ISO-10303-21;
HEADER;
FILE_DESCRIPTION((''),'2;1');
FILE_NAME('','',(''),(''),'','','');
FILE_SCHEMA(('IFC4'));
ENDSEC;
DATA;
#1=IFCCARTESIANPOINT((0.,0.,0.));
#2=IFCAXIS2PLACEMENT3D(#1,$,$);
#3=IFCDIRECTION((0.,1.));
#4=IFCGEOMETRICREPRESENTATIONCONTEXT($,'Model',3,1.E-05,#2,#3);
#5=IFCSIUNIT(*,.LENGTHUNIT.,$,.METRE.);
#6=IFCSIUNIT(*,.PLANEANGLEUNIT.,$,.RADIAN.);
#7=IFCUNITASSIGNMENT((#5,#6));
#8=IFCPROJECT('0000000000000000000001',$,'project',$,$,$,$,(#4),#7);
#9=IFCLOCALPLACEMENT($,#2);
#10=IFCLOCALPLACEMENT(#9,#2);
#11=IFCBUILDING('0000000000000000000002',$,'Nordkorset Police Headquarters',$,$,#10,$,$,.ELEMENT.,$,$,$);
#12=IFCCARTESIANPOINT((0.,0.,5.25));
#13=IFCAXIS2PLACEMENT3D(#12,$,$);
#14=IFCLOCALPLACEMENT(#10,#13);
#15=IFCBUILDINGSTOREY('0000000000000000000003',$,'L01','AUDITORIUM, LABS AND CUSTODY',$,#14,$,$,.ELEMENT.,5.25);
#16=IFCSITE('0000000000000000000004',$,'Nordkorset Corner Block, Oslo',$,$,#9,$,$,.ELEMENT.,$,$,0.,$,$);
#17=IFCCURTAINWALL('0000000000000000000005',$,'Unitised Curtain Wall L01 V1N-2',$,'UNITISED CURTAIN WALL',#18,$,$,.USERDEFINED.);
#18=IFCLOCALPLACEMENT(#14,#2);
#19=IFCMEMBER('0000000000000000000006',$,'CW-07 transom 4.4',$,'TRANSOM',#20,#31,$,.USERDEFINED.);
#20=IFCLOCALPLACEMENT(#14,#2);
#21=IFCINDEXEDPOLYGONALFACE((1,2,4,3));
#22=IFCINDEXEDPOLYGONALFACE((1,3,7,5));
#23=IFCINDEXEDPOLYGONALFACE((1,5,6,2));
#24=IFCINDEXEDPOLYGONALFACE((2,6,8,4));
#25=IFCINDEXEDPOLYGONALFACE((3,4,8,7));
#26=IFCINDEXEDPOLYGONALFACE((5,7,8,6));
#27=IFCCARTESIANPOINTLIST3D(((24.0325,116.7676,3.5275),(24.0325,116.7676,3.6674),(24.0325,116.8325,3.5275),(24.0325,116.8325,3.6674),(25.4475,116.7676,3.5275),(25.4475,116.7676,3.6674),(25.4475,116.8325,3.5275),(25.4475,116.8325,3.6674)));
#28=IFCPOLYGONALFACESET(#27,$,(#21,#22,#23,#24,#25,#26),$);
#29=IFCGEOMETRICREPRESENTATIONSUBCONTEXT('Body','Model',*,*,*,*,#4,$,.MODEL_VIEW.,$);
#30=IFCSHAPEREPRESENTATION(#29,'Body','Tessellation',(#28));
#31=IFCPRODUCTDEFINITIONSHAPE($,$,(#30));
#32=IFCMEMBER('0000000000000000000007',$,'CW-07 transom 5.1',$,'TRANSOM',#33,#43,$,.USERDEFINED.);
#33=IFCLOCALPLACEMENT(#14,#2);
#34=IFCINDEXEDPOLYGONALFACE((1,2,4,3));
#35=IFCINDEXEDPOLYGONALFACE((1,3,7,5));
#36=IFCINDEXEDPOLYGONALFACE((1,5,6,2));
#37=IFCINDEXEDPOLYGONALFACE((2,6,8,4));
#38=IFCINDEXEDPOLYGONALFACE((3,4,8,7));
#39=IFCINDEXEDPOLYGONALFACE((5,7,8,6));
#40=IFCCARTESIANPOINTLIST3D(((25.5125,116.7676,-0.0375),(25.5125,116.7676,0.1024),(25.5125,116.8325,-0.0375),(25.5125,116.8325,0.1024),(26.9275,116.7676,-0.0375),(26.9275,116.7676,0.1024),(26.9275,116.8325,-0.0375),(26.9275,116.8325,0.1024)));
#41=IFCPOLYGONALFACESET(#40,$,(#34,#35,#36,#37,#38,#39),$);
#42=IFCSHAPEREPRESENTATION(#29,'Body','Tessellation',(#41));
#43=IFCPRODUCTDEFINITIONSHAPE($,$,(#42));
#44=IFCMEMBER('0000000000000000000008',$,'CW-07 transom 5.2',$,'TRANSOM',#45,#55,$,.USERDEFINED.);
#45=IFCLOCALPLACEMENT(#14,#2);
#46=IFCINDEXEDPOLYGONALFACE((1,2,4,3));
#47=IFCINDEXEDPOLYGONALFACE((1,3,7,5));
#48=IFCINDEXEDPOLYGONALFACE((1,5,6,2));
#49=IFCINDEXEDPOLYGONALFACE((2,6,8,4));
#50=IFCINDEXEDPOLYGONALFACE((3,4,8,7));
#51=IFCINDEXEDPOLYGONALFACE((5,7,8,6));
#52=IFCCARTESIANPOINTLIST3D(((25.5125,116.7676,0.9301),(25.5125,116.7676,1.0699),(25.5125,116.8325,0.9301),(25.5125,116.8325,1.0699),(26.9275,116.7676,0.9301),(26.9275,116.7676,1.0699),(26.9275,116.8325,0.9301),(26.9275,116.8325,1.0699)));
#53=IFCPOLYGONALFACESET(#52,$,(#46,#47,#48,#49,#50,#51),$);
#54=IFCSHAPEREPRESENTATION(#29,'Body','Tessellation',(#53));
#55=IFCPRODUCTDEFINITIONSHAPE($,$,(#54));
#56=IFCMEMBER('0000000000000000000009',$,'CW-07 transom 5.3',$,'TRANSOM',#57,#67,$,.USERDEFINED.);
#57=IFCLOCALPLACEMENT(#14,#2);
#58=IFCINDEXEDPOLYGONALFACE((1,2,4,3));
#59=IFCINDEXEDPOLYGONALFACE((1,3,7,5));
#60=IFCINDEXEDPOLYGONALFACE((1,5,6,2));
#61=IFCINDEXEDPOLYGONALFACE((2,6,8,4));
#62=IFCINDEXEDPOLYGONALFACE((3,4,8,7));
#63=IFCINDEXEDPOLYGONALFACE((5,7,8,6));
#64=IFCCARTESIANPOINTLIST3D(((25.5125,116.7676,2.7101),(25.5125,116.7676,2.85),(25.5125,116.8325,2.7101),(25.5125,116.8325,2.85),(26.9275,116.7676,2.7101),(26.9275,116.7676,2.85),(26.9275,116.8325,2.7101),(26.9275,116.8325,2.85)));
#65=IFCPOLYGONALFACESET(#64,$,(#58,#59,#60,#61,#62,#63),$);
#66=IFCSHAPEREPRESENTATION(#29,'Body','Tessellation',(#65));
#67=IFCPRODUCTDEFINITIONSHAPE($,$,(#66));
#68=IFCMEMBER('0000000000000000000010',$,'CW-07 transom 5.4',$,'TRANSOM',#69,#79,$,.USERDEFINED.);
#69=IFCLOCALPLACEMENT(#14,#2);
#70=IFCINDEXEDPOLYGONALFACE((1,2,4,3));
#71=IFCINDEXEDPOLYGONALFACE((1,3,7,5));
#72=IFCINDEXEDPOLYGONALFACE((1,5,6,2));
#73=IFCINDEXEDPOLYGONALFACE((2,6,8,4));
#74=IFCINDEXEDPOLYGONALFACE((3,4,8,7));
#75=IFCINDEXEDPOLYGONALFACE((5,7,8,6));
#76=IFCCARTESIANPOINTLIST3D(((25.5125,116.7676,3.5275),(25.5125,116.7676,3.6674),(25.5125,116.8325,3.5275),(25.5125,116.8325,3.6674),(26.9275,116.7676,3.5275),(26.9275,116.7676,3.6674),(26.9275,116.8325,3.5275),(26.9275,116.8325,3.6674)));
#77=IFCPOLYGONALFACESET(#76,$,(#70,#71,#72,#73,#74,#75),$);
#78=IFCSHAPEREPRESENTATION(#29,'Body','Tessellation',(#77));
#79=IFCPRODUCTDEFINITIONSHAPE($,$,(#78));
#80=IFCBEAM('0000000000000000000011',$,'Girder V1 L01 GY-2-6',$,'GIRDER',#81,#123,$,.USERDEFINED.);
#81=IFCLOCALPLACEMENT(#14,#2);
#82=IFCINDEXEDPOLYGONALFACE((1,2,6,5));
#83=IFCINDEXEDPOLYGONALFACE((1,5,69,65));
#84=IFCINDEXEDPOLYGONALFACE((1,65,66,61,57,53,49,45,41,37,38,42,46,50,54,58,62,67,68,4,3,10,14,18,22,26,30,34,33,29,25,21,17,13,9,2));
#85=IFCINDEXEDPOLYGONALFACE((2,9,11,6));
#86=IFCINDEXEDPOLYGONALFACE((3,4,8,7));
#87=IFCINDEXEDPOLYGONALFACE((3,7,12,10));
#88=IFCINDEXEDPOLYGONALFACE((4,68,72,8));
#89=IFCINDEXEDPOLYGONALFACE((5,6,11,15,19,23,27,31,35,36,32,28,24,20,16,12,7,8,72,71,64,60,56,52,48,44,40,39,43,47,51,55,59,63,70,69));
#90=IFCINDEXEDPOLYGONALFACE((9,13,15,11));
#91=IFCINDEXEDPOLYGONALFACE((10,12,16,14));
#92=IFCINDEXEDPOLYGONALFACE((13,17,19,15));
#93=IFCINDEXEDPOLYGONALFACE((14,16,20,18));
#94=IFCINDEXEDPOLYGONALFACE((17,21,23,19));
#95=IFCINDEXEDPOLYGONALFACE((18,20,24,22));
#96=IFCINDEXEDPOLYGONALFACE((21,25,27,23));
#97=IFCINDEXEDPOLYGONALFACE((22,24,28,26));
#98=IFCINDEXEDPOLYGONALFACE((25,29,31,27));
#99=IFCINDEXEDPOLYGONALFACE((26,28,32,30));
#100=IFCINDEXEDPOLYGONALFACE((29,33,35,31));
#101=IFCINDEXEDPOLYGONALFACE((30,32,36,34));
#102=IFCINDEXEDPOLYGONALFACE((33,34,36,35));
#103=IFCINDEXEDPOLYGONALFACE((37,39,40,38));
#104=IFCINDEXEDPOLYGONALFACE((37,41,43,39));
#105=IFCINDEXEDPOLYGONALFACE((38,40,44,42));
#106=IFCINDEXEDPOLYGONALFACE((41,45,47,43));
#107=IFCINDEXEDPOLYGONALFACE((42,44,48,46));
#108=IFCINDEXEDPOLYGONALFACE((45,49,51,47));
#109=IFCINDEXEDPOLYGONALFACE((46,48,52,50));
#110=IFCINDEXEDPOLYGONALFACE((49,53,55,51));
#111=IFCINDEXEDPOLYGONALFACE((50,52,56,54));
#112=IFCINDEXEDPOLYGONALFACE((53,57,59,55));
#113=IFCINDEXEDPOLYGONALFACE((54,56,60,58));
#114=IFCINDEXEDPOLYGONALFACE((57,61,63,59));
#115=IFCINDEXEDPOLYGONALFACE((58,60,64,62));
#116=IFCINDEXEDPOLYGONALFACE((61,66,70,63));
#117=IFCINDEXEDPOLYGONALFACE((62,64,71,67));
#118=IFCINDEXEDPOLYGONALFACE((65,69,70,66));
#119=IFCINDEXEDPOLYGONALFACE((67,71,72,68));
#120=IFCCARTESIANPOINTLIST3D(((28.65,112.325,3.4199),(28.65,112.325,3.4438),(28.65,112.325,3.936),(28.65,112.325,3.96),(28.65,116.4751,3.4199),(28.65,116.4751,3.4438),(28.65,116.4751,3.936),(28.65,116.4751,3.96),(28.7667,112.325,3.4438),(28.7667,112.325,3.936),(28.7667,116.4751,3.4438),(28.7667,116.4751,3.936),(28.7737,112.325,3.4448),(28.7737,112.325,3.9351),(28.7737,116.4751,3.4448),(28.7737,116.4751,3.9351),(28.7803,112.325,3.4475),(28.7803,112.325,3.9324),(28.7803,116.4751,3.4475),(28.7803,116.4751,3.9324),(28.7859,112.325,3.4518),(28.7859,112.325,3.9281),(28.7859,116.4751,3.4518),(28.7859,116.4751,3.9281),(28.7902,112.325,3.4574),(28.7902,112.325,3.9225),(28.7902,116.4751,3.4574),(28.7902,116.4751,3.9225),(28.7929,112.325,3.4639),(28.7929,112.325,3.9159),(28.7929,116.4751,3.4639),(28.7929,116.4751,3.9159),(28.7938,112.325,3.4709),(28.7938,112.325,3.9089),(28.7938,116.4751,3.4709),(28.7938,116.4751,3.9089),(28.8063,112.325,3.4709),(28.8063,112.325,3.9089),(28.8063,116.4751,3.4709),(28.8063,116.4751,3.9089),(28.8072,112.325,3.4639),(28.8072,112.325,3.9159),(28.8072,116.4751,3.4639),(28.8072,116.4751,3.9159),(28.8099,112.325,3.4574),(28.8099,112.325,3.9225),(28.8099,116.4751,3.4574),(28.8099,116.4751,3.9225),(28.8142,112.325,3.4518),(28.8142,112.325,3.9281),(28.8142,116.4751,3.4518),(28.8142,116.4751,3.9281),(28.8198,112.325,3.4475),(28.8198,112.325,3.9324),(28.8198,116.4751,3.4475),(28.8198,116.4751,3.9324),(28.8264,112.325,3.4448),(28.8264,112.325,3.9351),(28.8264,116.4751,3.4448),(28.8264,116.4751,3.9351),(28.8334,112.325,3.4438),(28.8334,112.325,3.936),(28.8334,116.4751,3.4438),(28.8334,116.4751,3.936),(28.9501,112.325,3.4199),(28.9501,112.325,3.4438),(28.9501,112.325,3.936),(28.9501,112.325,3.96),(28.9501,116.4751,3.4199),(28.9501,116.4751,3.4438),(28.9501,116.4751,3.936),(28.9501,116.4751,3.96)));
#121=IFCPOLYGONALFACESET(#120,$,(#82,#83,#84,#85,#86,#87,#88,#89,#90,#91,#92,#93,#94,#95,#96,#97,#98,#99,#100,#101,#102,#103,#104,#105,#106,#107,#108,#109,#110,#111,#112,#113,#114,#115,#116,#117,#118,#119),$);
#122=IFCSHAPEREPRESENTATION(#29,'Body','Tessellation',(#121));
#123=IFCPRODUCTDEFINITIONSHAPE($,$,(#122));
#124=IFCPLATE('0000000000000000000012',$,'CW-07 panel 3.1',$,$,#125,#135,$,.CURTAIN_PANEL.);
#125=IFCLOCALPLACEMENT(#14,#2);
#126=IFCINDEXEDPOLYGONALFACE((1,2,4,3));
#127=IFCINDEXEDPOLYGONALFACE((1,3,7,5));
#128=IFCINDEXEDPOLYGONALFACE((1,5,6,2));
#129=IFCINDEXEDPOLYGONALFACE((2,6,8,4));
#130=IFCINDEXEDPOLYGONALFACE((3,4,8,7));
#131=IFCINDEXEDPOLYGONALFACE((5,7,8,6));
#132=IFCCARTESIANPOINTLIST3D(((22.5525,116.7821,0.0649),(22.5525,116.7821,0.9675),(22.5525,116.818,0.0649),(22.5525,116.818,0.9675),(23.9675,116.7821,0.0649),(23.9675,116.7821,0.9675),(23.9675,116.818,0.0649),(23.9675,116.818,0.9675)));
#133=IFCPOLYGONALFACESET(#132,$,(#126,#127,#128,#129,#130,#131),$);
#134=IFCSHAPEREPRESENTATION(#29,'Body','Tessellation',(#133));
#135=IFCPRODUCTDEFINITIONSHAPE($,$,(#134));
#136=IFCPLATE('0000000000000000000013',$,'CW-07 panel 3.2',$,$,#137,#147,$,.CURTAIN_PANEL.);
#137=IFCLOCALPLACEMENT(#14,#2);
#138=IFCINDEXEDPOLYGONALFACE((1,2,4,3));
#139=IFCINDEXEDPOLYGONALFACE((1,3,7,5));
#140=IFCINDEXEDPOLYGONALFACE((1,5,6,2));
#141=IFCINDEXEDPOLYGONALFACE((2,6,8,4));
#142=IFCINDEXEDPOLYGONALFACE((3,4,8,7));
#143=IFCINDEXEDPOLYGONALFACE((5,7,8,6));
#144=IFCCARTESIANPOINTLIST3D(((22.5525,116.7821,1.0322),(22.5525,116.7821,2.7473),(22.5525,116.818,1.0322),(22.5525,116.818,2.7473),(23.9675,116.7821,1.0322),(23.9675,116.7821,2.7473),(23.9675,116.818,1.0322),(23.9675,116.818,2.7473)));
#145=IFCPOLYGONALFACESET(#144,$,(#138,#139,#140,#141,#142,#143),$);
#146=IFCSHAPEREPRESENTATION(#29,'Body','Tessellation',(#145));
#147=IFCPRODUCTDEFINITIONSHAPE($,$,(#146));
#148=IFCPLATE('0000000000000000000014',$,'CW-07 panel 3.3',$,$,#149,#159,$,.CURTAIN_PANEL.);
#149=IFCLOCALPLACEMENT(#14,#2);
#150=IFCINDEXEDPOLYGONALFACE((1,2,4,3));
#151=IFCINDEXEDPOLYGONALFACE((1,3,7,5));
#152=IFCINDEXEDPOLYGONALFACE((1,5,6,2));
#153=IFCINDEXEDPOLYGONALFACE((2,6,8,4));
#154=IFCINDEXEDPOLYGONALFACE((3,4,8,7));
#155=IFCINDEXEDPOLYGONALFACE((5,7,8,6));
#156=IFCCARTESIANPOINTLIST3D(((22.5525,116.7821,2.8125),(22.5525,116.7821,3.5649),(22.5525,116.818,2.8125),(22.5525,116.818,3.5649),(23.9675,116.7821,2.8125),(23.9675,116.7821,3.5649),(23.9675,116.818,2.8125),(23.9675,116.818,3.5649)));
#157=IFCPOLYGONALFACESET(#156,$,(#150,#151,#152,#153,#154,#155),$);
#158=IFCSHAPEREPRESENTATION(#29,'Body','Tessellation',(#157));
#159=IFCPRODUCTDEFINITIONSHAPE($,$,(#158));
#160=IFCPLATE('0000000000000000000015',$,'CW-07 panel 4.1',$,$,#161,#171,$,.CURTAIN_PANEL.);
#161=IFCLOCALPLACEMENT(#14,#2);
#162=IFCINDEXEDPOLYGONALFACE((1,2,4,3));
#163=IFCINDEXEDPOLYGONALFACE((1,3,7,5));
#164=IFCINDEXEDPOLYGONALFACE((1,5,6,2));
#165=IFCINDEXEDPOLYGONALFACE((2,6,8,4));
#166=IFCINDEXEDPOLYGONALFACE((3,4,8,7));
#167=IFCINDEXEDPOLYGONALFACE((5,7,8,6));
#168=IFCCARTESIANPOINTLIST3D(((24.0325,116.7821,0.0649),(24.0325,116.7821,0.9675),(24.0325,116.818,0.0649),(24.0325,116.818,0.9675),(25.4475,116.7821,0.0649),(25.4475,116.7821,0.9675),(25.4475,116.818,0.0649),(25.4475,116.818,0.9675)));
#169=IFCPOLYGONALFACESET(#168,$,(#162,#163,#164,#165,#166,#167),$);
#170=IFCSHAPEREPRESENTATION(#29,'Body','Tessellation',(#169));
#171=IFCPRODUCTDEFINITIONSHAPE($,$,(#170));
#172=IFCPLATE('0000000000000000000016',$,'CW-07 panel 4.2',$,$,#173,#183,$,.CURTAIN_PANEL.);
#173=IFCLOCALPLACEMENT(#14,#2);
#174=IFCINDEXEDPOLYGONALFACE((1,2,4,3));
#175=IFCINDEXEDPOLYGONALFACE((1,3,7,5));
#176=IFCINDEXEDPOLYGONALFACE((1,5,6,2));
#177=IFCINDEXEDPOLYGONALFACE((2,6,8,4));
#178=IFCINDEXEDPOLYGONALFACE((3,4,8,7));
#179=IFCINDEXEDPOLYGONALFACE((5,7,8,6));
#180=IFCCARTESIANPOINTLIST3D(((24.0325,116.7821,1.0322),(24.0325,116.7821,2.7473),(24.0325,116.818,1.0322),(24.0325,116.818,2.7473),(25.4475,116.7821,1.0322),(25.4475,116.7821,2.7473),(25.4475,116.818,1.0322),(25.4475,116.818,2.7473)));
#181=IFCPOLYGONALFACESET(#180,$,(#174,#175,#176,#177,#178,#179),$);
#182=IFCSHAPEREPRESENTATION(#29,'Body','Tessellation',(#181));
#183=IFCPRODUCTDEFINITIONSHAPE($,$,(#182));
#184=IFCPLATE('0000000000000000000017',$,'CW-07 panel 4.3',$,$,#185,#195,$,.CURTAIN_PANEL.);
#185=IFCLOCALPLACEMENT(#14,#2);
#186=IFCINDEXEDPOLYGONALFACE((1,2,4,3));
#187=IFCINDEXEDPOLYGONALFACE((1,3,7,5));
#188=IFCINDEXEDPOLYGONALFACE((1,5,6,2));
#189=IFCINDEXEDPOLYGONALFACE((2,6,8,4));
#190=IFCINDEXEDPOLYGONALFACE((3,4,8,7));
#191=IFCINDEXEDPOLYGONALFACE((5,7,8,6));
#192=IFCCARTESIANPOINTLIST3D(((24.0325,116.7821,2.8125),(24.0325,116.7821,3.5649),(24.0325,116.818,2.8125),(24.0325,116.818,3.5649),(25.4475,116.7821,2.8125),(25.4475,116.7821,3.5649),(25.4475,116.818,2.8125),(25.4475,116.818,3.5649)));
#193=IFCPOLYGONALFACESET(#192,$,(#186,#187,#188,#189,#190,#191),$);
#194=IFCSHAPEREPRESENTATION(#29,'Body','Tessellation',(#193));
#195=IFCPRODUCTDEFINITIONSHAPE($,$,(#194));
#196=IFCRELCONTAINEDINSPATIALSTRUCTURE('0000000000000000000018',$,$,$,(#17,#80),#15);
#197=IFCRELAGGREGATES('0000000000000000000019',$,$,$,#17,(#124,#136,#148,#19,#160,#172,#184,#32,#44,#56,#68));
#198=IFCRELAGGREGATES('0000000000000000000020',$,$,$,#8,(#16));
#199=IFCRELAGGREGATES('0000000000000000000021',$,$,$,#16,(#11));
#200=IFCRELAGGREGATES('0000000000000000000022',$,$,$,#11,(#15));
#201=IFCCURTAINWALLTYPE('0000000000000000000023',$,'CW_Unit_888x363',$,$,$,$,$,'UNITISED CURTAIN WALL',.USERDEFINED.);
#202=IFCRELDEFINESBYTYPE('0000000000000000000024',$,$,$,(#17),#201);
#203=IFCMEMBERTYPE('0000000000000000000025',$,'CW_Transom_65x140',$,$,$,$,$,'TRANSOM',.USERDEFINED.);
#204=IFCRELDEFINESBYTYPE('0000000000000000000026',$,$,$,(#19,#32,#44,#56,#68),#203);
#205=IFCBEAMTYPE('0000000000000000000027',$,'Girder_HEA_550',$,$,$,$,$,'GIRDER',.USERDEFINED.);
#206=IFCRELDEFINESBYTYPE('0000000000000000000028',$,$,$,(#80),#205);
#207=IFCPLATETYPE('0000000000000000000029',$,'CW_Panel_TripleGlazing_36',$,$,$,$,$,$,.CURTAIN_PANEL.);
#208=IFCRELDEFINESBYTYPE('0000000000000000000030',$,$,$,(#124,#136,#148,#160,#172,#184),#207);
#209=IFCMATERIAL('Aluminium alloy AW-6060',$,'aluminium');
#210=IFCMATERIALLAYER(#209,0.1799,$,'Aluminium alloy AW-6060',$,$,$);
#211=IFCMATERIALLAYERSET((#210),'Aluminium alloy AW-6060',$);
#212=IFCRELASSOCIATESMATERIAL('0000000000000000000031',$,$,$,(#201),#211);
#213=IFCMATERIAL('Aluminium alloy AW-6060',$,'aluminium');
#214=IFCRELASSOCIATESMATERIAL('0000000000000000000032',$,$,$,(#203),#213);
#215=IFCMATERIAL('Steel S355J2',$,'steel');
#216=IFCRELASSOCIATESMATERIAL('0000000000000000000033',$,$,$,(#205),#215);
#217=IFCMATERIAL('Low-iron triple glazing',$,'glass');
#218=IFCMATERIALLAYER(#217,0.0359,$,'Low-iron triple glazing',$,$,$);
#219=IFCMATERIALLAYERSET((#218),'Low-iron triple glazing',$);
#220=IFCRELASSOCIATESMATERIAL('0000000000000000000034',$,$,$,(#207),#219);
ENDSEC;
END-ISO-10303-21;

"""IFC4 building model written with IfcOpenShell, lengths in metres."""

from ifc_helpers import new_model, si_unit, direction, frame, origin, origin_2d, place, context, subcontext, project, spatial, rectangle, i_section, extrude, material, layer, layer_set, material_profile, profile_set, type_object, element, aggregate, save


model = new_model("IFC4")

# Units and contexts
model_context = context("Model", 3, precision=1e-05, world=origin(), true_north=direction((0.0, 1.0)))
body_context = subcontext(model_context, "Body", "Model", "MODEL_VIEW")
ifc_project = project(units=[si_unit("LENGTHUNIT", "METRE"), si_unit("PLANEANGLEUNIT", "RADIAN")], contexts=[model_context])

# Site, building, storey
site_placement = place(None, origin())
site = spatial("IfcSite", under=ifc_project, at=site_placement, Name="Nordkorset Corner Block, Oslo", CompositionType="ELEMENT", RefElevation=0.0)
building_placement = place(site_placement, origin())
building = spatial("IfcBuilding", under=site, at=building_placement, Name="Nordkorset Police Headquarters", CompositionType="ELEMENT")
storey_placement = place(building_placement, frame((0.0, 0.0, 5.25)))
storey = spatial("IfcBuildingStorey", under=building, at=storey_placement, Name="L01", Description="AUDITORIUM, LABS AND CUSTODY", CompositionType="ELEMENT", Elevation=5.25)

# Curtain wall, members
ifc_material_1 = material(Name="Aluminium alloy AW-6060", Category="aluminium")
ifc_layer_1 = layer(ifc_material_1, 0.1799, Name="Aluminium alloy AW-6060")
ifc_layer_set_1 = layer_set([ifc_layer_1], Name="Aluminium alloy AW-6060")
curtain_wall_type = type_object("IfcCurtainWallType", Name="CW_Unit_888x363", ElementType="UNITISED CURTAIN WALL", PredefinedType="USERDEFINED", material=ifc_layer_set_1)
curtain_wall_placement = place(storey_placement, origin())
curtain_wall = element("IfcCurtainWall", 1, at=curtain_wall_placement, inside=storey, type_object=curtain_wall_type, Name="Unitised Curtain Wall L01 V1N-2", ObjectType="UNITISED CURTAIN WALL", PredefinedType="USERDEFINED")
ifc_material_2 = material(Name="Aluminium alloy AW-6060", Category="aluminium")
ifc_material_profile_1 = material_profile(ifc_material_2, rectangle(XDim=0.0649, YDim=0.1399, at=origin_2d()), Name="ALU TRAN 65x140")
ifc_profile_set_1 = profile_set([ifc_material_profile_1], Name="Aluminium alloy AW-6060")
member_type_1 = type_object("IfcMemberType", Name="CW_Transom_65x140", ElementType="TRANSOM", PredefinedType="USERDEFINED", material=ifc_profile_set_1)
member_1_placement = place(storey_placement, frame((24.0325, 116.8, 3.5974), z_axis=(1.0, 0.0, 0.0), x_axis=(0.0, 1.0, 0.0)))
member_1 = element("IfcMember", 2, at=member_1_placement, type_object=member_type_1, Name="CW-07 transom 4.4", ObjectType="TRANSOM", PredefinedType="USERDEFINED", context=body_context, shape_type="SweptSolid", body=[
    extrude(rectangle(XDim=0.0649, YDim=0.1399, at=origin_2d()), origin(), (0.0, 0.0, 1.0), 1.415),
])
member_2_placement = place(storey_placement, frame((25.5125, 116.8, 0.0325), z_axis=(1.0, 0.0, 0.0), x_axis=(0.0, 1.0, 0.0)))
member_2 = element("IfcMember", 3, at=member_2_placement, type_object=member_type_1, Name="CW-07 transom 5.1", ObjectType="TRANSOM", PredefinedType="USERDEFINED", context=body_context, shape_type="SweptSolid", body=[
    extrude(rectangle(XDim=0.0649, YDim=0.1399, at=origin_2d()), origin(), (0.0, 0.0, 1.0), 1.415),
])
member_3_placement = place(storey_placement, frame((25.5125, 116.8, 1.0), z_axis=(1.0, 0.0, 0.0), x_axis=(0.0, 1.0, 0.0)))
member_3 = element("IfcMember", 4, at=member_3_placement, type_object=member_type_1, Name="CW-07 transom 5.2", ObjectType="TRANSOM", PredefinedType="USERDEFINED", context=body_context, shape_type="SweptSolid", body=[
    extrude(rectangle(XDim=0.0649, YDim=0.1399, at=origin_2d()), origin(), (0.0, 0.0, 1.0), 1.415),
])
member_4_placement = place(storey_placement, frame((25.5125, 116.8, 2.78), z_axis=(1.0, 0.0, 0.0), x_axis=(0.0, 1.0, 0.0)))
member_4 = element("IfcMember", 5, at=member_4_placement, type_object=member_type_1, Name="CW-07 transom 5.3", ObjectType="TRANSOM", PredefinedType="USERDEFINED", context=body_context, shape_type="SweptSolid", body=[
    extrude(rectangle(XDim=0.0649, YDim=0.1399, at=origin_2d()), origin(), (0.0, 0.0, 1.0), 1.415),
])
member_5_placement = place(storey_placement, frame((25.5125, 116.8, 3.5974), z_axis=(1.0, 0.0, 0.0), x_axis=(0.0, 1.0, 0.0)))
member_5 = element("IfcMember", 6, at=member_5_placement, type_object=member_type_1, Name="CW-07 transom 5.4", ObjectType="TRANSOM", PredefinedType="USERDEFINED", context=body_context, shape_type="SweptSolid", body=[
    extrude(rectangle(XDim=0.0649, YDim=0.1399, at=origin_2d()), origin(), (0.0, 0.0, 1.0), 1.415),
])

# Beam
ifc_material_3 = material(Name="Steel S355J2", Category="steel")
ifc_material_profile_2 = material_profile(ifc_material_3, i_section(OverallWidth=0.3, OverallDepth=0.54, WebThickness=0.0125, FlangeThickness=0.0239, FilletRadius=0.0271, at=origin_2d()), Name="HEA 550")
ifc_profile_set_2 = profile_set([ifc_material_profile_2], Name="Steel S355J2")
beam_type_1 = type_object("IfcBeamType", Name="Girder_HEA_550", ElementType="GIRDER", PredefinedType="USERDEFINED", material=ifc_profile_set_2)
beam_1_placement = place(storey_placement, frame((28.8, 112.325, 3.6899), z_axis=(0.0, 1.0, 0.0), x_axis=(-1.0, 0.0, 0.0)))
element("IfcBeam", 7, at=beam_1_placement, inside=storey, type_object=beam_type_1, Name="Girder V1 L01 GY-2-6", ObjectType="GIRDER", PredefinedType="USERDEFINED", context=body_context, shape_type="SweptSolid", body=[
    extrude(i_section(OverallWidth=0.3, OverallDepth=0.54, WebThickness=0.0125, FlangeThickness=0.0239, FilletRadius=0.0271, at=origin_2d()), origin(), (0.0, 0.0, 1.0), 4.1501),
])

# Plates
ifc_material_4 = material(Name="Low-iron triple glazing", Category="glass")
ifc_layer_2 = layer(ifc_material_4, 0.0359, Name="Low-iron triple glazing")
ifc_layer_set_2 = layer_set([ifc_layer_2], Name="Low-iron triple glazing")
plate_type = type_object("IfcPlateType", Name="CW_Panel_TripleGlazing_36", PredefinedType="CURTAIN_PANEL", material=ifc_layer_set_2)
plate_1_placement = place(storey_placement, frame((23.26, 116.8, 0.0649), z_axis=(0.0, 0.0, 1.0), x_axis=(1.0, 0.0, 0.0)))
plate_1 = element("IfcPlate", 8, at=plate_1_placement, type_object=plate_type, Name="CW-07 panel 3.1", PredefinedType="CURTAIN_PANEL", context=body_context, shape_type="SweptSolid", body=[
    extrude(rectangle(XDim=1.415, YDim=0.0359, at=origin_2d()), origin(), (0.0, 0.0, 1.0), 0.9026),
])
plate_2_placement = place(storey_placement, frame((23.26, 116.8, 1.0322), z_axis=(0.0, 0.0, 1.0), x_axis=(1.0, 0.0, 0.0)))
plate_2 = element("IfcPlate", 9, at=plate_2_placement, type_object=plate_type, Name="CW-07 panel 3.2", PredefinedType="CURTAIN_PANEL", context=body_context, shape_type="SweptSolid", body=[
    extrude(rectangle(XDim=1.415, YDim=0.0359, at=origin_2d()), origin(), (0.0, 0.0, 1.0), 1.7151),
])
plate_3_placement = place(storey_placement, frame((23.26, 116.8, 2.8125), z_axis=(0.0, 0.0, 1.0), x_axis=(1.0, 0.0, 0.0)))
plate_3 = element("IfcPlate", 10, at=plate_3_placement, type_object=plate_type, Name="CW-07 panel 3.3", PredefinedType="CURTAIN_PANEL", context=body_context, shape_type="SweptSolid", body=[
    extrude(rectangle(XDim=1.415, YDim=0.0359, at=origin_2d()), origin(), (0.0, 0.0, 1.0), 0.7524),
])
plate_4_placement = place(storey_placement, frame((24.74, 116.8, 0.0649), z_axis=(0.0, 0.0, 1.0), x_axis=(1.0, 0.0, 0.0)))
plate_4 = element("IfcPlate", 11, at=plate_4_placement, type_object=plate_type, Name="CW-07 panel 4.1", PredefinedType="CURTAIN_PANEL", context=body_context, shape_type="SweptSolid", body=[
    extrude(rectangle(XDim=1.415, YDim=0.0359, at=origin_2d()), origin(), (0.0, 0.0, 1.0), 0.9026),
])
plate_5_placement = place(storey_placement, frame((24.74, 116.8, 1.0322), z_axis=(0.0, 0.0, 1.0), x_axis=(1.0, 0.0, 0.0)))
plate_5 = element("IfcPlate", 12, at=plate_5_placement, type_object=plate_type, Name="CW-07 panel 4.2", PredefinedType="CURTAIN_PANEL", context=body_context, shape_type="SweptSolid", body=[
    extrude(rectangle(XDim=1.415, YDim=0.0359, at=origin_2d()), origin(), (0.0, 0.0, 1.0), 1.7151),
])
plate_6_placement = place(storey_placement, frame((24.74, 116.8, 2.8125), z_axis=(0.0, 0.0, 1.0), x_axis=(1.0, 0.0, 0.0)))
plate_6 = element("IfcPlate", 13, at=plate_6_placement, type_object=plate_type, Name="CW-07 panel 4.3", PredefinedType="CURTAIN_PANEL", context=body_context, shape_type="SweptSolid", body=[
    extrude(rectangle(XDim=1.415, YDim=0.0359, at=origin_2d()), origin(), (0.0, 0.0, 1.0), 0.7524),
])
aggregate(curtain_wall, [plate_1, plate_2, plate_3, member_1, plate_4, plate_5, plate_6, member_2, member_3, member_4, member_5])

save(model, "model.ifc")
